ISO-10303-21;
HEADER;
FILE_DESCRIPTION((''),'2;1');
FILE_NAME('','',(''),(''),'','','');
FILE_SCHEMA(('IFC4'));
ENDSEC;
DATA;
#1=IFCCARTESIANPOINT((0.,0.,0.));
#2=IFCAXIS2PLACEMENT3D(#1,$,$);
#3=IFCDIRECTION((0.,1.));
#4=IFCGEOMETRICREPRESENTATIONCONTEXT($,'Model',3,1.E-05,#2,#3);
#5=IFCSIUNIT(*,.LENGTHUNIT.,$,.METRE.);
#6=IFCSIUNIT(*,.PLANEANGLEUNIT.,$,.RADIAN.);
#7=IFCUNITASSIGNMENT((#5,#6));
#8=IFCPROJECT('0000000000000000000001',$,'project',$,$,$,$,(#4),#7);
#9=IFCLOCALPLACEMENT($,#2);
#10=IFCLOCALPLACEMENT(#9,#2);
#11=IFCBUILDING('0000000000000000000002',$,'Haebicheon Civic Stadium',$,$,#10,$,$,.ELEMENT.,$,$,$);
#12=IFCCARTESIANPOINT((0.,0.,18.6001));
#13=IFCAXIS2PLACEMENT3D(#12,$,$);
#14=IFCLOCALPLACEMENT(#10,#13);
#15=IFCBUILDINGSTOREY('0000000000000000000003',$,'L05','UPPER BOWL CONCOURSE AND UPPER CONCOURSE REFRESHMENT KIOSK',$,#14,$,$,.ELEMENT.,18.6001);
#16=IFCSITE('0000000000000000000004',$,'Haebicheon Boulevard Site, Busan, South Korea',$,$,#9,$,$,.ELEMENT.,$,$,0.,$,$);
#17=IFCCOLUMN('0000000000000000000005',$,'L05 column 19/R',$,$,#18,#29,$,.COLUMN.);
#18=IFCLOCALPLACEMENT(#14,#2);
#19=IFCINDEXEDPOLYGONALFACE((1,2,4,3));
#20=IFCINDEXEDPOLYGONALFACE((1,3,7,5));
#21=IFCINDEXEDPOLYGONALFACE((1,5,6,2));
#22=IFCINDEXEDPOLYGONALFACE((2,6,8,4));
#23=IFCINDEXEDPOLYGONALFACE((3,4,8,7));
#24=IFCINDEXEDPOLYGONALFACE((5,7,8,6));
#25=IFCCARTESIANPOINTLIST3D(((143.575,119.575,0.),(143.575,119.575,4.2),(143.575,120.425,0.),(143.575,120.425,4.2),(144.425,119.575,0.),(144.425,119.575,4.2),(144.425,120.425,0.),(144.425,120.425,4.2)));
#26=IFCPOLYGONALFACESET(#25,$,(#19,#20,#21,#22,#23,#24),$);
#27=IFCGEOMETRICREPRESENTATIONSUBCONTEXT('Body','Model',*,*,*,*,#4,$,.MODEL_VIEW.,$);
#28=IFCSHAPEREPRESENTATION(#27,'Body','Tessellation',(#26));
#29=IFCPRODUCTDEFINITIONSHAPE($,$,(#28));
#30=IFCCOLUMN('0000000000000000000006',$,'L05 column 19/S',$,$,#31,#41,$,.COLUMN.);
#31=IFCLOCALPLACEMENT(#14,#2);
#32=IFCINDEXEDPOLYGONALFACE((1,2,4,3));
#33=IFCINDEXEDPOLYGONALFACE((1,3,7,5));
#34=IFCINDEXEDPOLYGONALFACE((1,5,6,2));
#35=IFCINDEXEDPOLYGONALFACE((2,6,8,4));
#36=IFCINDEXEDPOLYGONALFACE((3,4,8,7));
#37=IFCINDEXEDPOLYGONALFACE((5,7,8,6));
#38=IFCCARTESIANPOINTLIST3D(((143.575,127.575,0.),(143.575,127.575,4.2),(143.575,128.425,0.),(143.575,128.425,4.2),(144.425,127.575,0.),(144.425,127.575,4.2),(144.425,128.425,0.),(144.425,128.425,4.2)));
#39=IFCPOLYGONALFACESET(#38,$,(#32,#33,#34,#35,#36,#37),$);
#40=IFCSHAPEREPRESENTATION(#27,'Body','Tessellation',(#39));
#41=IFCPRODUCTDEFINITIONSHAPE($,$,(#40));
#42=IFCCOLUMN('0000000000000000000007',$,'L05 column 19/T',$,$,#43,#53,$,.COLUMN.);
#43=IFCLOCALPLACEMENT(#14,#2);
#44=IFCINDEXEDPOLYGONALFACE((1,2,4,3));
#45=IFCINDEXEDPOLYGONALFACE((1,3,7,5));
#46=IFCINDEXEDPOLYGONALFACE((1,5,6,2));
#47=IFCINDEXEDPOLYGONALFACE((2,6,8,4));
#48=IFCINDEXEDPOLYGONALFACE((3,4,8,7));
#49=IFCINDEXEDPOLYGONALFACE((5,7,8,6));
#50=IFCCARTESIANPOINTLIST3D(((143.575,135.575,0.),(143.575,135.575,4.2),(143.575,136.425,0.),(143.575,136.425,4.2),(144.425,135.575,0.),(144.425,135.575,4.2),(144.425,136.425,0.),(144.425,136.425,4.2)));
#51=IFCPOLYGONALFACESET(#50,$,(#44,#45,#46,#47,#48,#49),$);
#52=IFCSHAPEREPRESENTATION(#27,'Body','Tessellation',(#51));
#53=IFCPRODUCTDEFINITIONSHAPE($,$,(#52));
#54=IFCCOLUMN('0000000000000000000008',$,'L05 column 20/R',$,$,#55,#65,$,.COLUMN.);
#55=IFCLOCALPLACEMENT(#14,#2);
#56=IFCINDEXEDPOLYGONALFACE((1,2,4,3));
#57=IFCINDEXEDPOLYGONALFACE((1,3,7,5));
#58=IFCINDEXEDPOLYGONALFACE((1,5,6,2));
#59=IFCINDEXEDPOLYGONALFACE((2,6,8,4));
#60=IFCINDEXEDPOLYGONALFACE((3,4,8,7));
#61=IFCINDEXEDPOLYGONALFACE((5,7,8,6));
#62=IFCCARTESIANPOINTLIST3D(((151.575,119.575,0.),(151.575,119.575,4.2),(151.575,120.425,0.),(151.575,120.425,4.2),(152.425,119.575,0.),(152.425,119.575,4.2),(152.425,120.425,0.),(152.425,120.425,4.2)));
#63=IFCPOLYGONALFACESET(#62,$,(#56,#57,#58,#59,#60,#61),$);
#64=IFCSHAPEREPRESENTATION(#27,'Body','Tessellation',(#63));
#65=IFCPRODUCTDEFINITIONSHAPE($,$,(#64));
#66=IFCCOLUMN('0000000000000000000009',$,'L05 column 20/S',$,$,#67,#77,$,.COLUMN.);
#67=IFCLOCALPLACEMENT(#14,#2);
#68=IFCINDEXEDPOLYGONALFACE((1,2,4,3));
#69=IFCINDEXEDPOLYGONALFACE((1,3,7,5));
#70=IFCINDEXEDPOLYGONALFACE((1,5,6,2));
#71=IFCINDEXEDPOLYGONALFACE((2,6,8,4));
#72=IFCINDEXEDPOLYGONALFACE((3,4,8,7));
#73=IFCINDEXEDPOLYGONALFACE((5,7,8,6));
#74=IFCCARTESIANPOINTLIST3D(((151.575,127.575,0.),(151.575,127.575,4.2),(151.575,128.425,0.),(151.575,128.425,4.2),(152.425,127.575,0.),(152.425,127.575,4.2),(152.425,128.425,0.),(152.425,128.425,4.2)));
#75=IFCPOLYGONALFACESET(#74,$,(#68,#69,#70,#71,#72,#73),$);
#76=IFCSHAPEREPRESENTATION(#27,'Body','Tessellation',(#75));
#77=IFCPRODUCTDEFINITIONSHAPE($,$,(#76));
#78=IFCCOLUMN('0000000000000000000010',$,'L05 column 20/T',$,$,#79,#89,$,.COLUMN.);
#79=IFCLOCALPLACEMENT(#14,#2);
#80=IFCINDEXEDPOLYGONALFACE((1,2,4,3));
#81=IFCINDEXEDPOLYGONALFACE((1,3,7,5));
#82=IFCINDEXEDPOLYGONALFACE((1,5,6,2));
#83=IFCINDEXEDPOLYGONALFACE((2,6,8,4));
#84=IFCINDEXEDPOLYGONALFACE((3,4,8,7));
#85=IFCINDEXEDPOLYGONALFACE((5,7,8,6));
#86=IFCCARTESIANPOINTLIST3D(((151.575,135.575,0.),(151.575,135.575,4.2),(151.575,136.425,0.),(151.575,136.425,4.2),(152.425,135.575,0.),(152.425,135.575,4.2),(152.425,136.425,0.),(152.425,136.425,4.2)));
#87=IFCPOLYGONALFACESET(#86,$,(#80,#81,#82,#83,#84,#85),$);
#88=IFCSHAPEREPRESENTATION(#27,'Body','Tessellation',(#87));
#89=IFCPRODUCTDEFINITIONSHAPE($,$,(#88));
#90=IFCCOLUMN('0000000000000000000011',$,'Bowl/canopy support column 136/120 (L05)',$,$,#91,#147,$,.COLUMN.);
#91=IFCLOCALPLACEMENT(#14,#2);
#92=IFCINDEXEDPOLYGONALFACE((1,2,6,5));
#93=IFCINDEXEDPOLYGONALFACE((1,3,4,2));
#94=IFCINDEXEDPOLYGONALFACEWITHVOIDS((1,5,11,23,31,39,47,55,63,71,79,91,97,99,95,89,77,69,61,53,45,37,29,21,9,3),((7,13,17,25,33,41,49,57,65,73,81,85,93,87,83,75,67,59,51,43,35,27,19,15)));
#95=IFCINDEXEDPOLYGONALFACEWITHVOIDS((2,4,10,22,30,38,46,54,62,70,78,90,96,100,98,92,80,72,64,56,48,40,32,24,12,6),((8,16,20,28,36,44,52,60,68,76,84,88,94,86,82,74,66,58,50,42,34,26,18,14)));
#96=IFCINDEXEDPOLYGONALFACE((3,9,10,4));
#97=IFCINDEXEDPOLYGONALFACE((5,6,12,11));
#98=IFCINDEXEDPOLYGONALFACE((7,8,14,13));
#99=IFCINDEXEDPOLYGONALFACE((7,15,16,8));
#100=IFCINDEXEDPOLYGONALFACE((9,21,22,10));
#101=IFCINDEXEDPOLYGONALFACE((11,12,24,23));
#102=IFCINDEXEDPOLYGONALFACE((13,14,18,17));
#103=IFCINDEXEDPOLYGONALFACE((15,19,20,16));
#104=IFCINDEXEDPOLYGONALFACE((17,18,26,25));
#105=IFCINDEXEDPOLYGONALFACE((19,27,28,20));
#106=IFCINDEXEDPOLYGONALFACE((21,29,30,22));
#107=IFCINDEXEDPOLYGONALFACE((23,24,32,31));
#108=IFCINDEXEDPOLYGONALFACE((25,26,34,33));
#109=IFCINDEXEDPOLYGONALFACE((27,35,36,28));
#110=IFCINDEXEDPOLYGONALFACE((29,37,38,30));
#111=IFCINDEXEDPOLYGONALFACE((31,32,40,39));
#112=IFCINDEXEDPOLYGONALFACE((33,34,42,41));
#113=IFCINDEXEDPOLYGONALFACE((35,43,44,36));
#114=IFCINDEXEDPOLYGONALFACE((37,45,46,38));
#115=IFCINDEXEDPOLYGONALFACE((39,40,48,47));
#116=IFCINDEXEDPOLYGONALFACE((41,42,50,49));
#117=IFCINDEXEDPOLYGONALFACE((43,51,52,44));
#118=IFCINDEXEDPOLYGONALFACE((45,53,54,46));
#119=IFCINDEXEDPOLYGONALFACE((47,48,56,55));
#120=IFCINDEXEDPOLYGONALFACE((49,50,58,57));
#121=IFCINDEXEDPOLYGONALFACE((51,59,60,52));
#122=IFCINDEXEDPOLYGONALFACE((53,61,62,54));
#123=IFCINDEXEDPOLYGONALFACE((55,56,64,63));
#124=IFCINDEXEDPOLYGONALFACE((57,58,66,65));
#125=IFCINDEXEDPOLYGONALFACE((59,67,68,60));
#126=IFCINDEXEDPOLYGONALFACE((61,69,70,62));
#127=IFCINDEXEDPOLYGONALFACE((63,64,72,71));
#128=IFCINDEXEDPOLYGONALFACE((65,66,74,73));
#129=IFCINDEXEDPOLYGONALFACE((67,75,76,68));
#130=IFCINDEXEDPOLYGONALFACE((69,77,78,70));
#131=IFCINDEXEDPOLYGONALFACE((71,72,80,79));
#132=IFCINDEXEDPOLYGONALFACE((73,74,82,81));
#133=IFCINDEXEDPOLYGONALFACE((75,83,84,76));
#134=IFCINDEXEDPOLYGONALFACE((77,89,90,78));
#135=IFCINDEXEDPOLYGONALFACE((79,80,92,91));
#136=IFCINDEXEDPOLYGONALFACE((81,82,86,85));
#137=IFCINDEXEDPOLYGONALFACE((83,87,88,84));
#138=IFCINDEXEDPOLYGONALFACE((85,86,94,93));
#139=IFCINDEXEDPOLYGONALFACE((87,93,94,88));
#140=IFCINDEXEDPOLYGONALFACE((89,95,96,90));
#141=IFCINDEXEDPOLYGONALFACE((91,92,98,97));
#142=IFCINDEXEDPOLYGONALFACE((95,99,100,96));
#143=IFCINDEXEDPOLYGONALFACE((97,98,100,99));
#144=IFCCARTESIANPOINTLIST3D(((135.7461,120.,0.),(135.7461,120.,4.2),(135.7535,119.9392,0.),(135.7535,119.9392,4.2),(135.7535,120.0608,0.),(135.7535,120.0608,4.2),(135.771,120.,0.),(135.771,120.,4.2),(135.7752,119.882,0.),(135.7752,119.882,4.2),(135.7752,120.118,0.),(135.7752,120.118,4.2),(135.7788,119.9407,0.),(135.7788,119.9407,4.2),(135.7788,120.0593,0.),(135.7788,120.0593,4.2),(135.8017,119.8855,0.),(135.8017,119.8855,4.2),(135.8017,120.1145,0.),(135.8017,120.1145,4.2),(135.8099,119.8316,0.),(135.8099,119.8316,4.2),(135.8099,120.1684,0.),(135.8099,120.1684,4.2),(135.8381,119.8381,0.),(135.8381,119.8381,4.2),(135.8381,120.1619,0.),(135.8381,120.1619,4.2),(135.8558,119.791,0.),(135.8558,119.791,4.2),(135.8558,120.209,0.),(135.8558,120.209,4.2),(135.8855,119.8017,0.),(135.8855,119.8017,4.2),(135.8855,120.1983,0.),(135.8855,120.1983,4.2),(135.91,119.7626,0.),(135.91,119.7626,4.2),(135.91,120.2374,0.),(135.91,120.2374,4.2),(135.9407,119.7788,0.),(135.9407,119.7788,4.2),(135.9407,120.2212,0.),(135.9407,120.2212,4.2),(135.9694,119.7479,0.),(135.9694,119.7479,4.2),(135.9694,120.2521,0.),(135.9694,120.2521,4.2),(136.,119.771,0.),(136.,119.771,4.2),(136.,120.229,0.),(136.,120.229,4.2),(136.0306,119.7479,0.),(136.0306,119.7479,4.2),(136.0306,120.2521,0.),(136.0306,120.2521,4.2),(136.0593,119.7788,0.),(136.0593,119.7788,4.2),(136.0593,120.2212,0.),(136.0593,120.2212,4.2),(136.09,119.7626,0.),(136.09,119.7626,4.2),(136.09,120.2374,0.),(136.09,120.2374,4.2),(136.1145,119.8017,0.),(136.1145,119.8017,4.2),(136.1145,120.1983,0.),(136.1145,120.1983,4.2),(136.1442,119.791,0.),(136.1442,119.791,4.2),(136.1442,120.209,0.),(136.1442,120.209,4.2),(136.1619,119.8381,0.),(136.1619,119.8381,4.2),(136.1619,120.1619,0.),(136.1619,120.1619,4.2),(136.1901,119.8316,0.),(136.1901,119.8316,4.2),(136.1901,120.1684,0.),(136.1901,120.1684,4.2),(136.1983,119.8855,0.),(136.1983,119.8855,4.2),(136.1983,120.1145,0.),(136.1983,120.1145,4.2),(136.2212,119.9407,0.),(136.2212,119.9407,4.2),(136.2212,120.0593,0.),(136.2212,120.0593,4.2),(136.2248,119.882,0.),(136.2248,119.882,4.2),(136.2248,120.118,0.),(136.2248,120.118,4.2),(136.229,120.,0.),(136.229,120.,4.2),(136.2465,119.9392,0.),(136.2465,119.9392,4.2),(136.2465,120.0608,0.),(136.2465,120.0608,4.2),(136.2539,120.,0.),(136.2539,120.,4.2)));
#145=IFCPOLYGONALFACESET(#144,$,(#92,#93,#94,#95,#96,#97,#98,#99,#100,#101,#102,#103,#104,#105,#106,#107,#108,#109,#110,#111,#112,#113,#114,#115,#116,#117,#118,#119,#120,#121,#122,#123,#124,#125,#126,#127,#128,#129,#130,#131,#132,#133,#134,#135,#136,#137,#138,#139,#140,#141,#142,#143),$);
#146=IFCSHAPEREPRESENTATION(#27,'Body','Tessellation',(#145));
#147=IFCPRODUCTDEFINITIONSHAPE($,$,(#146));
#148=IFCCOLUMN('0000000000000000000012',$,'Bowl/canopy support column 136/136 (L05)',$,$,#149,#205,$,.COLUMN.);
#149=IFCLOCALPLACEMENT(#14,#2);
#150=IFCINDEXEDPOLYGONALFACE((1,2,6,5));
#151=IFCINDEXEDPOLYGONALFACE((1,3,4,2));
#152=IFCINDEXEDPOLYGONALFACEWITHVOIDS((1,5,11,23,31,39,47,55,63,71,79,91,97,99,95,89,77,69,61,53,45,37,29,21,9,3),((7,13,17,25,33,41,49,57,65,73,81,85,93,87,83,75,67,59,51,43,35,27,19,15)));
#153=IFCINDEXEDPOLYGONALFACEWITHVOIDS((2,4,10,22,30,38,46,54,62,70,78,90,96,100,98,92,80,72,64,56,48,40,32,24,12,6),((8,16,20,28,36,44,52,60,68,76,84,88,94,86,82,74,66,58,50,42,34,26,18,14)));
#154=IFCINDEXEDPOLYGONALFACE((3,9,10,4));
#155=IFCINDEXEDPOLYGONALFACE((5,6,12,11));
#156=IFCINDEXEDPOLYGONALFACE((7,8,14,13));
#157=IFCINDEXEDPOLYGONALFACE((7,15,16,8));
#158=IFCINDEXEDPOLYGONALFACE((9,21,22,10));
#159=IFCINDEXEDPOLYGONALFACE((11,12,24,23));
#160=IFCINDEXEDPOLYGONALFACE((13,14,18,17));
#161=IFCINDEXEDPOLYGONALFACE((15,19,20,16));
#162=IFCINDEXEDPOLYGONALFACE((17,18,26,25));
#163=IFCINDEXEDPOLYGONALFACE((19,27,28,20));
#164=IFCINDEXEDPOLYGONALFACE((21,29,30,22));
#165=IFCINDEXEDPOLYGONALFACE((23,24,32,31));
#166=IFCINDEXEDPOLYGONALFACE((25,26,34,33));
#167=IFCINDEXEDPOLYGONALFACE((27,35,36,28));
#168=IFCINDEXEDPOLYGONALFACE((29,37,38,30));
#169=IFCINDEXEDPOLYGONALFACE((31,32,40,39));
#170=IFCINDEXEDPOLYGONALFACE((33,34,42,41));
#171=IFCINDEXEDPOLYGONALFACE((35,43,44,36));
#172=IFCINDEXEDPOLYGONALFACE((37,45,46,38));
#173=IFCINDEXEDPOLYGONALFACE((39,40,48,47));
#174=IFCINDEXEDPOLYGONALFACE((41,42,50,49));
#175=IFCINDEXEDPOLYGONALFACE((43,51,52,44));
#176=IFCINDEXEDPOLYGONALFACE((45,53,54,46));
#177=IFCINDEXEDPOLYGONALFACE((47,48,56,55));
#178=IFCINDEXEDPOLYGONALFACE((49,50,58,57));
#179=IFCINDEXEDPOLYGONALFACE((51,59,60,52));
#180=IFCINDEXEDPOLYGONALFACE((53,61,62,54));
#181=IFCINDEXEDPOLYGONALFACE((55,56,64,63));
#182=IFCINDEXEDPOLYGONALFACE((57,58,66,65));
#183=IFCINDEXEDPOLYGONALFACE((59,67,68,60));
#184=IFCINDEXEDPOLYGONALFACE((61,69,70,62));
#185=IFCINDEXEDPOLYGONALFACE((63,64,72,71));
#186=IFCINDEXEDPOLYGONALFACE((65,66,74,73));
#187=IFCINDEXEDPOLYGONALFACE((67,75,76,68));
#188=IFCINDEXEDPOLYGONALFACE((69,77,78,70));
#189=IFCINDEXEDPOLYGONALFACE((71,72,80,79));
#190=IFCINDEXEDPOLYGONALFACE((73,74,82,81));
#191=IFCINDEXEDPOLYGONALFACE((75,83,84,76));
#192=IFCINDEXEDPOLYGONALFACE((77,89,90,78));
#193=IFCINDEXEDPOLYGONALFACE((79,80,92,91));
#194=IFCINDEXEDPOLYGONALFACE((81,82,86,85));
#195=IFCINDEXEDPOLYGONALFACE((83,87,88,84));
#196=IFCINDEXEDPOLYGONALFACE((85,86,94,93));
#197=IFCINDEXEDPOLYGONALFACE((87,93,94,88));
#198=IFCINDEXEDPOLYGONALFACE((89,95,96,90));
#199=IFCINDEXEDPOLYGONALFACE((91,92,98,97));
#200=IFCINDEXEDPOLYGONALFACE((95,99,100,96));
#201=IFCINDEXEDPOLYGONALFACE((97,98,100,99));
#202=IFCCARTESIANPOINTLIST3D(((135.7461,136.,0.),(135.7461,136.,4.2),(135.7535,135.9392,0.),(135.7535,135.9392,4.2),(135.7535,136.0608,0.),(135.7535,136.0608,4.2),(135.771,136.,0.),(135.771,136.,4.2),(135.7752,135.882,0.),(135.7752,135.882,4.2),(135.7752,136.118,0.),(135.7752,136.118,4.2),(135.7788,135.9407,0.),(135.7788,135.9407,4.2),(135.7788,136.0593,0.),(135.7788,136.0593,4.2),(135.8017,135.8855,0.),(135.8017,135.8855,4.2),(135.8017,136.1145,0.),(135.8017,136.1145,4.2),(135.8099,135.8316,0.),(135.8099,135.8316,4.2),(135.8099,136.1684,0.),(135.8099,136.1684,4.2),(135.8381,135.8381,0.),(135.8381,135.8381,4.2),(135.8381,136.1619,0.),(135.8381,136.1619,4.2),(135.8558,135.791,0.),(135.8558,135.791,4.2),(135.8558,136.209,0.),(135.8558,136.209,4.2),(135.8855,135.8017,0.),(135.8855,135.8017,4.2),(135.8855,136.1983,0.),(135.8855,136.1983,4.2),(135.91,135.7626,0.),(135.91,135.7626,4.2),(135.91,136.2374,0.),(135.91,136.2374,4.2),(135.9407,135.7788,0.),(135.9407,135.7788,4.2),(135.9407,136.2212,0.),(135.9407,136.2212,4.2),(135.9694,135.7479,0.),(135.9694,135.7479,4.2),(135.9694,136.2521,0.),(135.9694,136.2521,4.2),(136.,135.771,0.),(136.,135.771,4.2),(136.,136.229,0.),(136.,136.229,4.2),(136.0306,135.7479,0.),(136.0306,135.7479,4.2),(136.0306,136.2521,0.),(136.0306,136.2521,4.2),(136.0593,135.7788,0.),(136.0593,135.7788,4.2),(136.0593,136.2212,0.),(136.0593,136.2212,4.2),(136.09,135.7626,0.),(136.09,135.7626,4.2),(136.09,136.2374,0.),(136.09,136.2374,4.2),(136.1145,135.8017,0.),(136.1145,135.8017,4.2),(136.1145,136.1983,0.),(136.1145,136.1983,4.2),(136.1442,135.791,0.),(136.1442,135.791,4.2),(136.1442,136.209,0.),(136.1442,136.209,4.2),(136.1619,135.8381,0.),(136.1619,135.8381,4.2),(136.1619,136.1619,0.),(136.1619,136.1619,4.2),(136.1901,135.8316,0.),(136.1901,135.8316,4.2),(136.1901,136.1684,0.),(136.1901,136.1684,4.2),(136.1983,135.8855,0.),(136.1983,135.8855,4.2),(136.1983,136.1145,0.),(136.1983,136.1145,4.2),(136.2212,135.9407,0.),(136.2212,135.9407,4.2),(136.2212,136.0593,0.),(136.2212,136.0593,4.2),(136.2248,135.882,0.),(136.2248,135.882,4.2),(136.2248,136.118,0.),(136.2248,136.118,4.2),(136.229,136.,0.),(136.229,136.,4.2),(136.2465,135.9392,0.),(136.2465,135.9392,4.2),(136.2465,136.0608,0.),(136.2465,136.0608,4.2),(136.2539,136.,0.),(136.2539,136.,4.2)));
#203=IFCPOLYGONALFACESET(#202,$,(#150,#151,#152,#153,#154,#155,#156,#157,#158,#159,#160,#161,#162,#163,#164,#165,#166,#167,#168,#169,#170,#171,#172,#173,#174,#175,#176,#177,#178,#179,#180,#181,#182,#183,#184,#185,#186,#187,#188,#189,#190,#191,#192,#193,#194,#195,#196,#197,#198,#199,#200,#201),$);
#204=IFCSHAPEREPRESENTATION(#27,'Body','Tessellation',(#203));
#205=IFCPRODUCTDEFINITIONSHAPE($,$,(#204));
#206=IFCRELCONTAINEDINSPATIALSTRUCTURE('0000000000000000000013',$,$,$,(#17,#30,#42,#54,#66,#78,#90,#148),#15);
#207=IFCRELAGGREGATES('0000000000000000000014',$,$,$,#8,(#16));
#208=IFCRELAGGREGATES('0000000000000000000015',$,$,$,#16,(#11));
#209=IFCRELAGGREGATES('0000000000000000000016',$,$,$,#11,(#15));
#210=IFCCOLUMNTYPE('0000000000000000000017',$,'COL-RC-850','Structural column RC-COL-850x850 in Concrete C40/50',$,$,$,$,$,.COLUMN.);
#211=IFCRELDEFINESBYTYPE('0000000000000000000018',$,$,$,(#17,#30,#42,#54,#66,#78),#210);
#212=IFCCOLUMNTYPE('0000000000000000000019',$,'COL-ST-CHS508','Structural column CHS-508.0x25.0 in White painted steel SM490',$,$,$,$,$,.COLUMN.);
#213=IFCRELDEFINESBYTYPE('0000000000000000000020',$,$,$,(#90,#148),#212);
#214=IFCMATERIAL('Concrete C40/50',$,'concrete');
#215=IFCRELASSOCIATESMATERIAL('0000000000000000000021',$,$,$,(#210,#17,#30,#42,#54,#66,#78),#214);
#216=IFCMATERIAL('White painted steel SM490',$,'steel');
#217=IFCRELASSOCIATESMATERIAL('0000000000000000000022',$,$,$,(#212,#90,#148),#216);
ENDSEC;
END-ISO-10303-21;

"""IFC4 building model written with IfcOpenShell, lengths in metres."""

from ifc_helpers import new_model, si_unit, direction, frame, origin, origin_2d, place, context, subcontext, project, spatial, rectangle, hollow_circle, extrude, material, material_profile, profile_set, type_object, element, save


model = new_model("IFC4")

# Units and contexts
model_context = context("Model", 3, precision=1e-05, world=origin(), true_north=direction((0.0, 1.0)))
body_context = subcontext(model_context, "Body", "Model", "MODEL_VIEW")
ifc_project = project(units=[si_unit("LENGTHUNIT", "METRE"), si_unit("PLANEANGLEUNIT", "RADIAN")], contexts=[model_context])

# Site, building, storey
site_placement = place(None, origin())
site = spatial("IfcSite", under=ifc_project, at=site_placement, Name="Haebicheon Boulevard Site, Busan, South Korea", CompositionType="ELEMENT", RefElevation=0.0)
building_placement = place(site_placement, origin())
building = spatial("IfcBuilding", under=site, at=building_placement, Name="Haebicheon Civic Stadium", CompositionType="ELEMENT")
storey_placement = place(building_placement, frame((0.0, 0.0, 18.6001)))
storey = spatial("IfcBuildingStorey", under=building, at=storey_placement, Name="L05", Description="UPPER BOWL CONCOURSE AND UPPER CONCOURSE REFRESHMENT KIOSK", CompositionType="ELEMENT", Elevation=18.6001)

# Columns
ifc_material_1 = material(Name="Concrete C40/50", Category="concrete")
ifc_material_profile_1 = material_profile(ifc_material_1, rectangle(XDim=0.8501, YDim=0.8501, at=origin_2d()), Name="RC-COL-850x850")
ifc_profile_set_1 = profile_set([ifc_material_profile_1], Name="Concrete C40/50")
column_type_1 = type_object("IfcColumnType", Name="COL-RC-850", Description="Structural column RC-COL-850x850 in Concrete C40/50", PredefinedType="COLUMN", material=ifc_profile_set_1)
for number, where, z_axis, x_axis, name in (
    (1, (144.0, 120.0, 0.0), (0.0, 0.0, 1.0), (1.0, 0.0, 0.0), "L05 column 19/R"),
    (2, (144.0, 128.0, 0.0), (0.0, 0.0, 1.0), (1.0, 0.0, 0.0), "L05 column 19/S"),
    (3, (144.0, 136.0, 0.0), (0.0, 0.0, 1.0), (1.0, 0.0, 0.0), "L05 column 19/T"),
    (4, (152.0, 120.0, 0.0), (0.0, 0.0, 1.0), (1.0, 0.0, 0.0), "L05 column 20/R"),
    (5, (152.0, 128.0, 0.0), (0.0, 0.0, 1.0), (1.0, 0.0, 0.0), "L05 column 20/S"),
    (6, (152.0, 136.0, 0.0), (0.0, 0.0, 1.0), (1.0, 0.0, 0.0), "L05 column 20/T"),
):
    element("IfcColumn", number, at=place(storey_placement, frame(where, z_axis=z_axis, x_axis=x_axis)), inside=storey, type_object=column_type_1, material=ifc_profile_set_1, Name=name, PredefinedType="COLUMN", context=body_context, shape_type="SweptSolid", body=[
        extrude(rectangle(XDim=0.8501, YDim=0.8501, at=origin_2d()), origin(), (0.0, 0.0, 1.0), 4.2),
    ])
ifc_material_2 = material(Name="White painted steel SM490", Category="steel")
ifc_material_profile_2 = material_profile(ifc_material_2, hollow_circle(Radius=0.2539, WallThickness=0.0249, at=origin_2d()), Name="CHS-508.0x25.0")
ifc_profile_set_2 = profile_set([ifc_material_profile_2], Name="White painted steel SM490")
column_type_2 = type_object("IfcColumnType", Name="COL-ST-CHS508", Description="Structural column CHS-508.0x25.0 in White painted steel SM490", PredefinedType="COLUMN", material=ifc_profile_set_2)
for number, where, z_axis, x_axis, name in (
    (7, (136.0, 120.0, 0.0), (0.0, 0.0, 1.0), (1.0, 0.0, 0.0), "Bowl/canopy support column 136/120 (L05)"),
    (8, (136.0, 136.0, 0.0), (0.0, 0.0, 1.0), (1.0, 0.0, 0.0), "Bowl/canopy support column 136/136 (L05)"),
):
    element("IfcColumn", number, at=place(storey_placement, frame(where, z_axis=z_axis, x_axis=x_axis)), inside=storey, type_object=column_type_2, material=ifc_profile_set_2, Name=name, PredefinedType="COLUMN", context=body_context, shape_type="SweptSolid", body=[
        extrude(hollow_circle(Radius=0.2539, WallThickness=0.0249, at=origin_2d()), origin(), (0.0, 0.0, 1.0), 4.2),
    ])

save(model, "model.ifc")
